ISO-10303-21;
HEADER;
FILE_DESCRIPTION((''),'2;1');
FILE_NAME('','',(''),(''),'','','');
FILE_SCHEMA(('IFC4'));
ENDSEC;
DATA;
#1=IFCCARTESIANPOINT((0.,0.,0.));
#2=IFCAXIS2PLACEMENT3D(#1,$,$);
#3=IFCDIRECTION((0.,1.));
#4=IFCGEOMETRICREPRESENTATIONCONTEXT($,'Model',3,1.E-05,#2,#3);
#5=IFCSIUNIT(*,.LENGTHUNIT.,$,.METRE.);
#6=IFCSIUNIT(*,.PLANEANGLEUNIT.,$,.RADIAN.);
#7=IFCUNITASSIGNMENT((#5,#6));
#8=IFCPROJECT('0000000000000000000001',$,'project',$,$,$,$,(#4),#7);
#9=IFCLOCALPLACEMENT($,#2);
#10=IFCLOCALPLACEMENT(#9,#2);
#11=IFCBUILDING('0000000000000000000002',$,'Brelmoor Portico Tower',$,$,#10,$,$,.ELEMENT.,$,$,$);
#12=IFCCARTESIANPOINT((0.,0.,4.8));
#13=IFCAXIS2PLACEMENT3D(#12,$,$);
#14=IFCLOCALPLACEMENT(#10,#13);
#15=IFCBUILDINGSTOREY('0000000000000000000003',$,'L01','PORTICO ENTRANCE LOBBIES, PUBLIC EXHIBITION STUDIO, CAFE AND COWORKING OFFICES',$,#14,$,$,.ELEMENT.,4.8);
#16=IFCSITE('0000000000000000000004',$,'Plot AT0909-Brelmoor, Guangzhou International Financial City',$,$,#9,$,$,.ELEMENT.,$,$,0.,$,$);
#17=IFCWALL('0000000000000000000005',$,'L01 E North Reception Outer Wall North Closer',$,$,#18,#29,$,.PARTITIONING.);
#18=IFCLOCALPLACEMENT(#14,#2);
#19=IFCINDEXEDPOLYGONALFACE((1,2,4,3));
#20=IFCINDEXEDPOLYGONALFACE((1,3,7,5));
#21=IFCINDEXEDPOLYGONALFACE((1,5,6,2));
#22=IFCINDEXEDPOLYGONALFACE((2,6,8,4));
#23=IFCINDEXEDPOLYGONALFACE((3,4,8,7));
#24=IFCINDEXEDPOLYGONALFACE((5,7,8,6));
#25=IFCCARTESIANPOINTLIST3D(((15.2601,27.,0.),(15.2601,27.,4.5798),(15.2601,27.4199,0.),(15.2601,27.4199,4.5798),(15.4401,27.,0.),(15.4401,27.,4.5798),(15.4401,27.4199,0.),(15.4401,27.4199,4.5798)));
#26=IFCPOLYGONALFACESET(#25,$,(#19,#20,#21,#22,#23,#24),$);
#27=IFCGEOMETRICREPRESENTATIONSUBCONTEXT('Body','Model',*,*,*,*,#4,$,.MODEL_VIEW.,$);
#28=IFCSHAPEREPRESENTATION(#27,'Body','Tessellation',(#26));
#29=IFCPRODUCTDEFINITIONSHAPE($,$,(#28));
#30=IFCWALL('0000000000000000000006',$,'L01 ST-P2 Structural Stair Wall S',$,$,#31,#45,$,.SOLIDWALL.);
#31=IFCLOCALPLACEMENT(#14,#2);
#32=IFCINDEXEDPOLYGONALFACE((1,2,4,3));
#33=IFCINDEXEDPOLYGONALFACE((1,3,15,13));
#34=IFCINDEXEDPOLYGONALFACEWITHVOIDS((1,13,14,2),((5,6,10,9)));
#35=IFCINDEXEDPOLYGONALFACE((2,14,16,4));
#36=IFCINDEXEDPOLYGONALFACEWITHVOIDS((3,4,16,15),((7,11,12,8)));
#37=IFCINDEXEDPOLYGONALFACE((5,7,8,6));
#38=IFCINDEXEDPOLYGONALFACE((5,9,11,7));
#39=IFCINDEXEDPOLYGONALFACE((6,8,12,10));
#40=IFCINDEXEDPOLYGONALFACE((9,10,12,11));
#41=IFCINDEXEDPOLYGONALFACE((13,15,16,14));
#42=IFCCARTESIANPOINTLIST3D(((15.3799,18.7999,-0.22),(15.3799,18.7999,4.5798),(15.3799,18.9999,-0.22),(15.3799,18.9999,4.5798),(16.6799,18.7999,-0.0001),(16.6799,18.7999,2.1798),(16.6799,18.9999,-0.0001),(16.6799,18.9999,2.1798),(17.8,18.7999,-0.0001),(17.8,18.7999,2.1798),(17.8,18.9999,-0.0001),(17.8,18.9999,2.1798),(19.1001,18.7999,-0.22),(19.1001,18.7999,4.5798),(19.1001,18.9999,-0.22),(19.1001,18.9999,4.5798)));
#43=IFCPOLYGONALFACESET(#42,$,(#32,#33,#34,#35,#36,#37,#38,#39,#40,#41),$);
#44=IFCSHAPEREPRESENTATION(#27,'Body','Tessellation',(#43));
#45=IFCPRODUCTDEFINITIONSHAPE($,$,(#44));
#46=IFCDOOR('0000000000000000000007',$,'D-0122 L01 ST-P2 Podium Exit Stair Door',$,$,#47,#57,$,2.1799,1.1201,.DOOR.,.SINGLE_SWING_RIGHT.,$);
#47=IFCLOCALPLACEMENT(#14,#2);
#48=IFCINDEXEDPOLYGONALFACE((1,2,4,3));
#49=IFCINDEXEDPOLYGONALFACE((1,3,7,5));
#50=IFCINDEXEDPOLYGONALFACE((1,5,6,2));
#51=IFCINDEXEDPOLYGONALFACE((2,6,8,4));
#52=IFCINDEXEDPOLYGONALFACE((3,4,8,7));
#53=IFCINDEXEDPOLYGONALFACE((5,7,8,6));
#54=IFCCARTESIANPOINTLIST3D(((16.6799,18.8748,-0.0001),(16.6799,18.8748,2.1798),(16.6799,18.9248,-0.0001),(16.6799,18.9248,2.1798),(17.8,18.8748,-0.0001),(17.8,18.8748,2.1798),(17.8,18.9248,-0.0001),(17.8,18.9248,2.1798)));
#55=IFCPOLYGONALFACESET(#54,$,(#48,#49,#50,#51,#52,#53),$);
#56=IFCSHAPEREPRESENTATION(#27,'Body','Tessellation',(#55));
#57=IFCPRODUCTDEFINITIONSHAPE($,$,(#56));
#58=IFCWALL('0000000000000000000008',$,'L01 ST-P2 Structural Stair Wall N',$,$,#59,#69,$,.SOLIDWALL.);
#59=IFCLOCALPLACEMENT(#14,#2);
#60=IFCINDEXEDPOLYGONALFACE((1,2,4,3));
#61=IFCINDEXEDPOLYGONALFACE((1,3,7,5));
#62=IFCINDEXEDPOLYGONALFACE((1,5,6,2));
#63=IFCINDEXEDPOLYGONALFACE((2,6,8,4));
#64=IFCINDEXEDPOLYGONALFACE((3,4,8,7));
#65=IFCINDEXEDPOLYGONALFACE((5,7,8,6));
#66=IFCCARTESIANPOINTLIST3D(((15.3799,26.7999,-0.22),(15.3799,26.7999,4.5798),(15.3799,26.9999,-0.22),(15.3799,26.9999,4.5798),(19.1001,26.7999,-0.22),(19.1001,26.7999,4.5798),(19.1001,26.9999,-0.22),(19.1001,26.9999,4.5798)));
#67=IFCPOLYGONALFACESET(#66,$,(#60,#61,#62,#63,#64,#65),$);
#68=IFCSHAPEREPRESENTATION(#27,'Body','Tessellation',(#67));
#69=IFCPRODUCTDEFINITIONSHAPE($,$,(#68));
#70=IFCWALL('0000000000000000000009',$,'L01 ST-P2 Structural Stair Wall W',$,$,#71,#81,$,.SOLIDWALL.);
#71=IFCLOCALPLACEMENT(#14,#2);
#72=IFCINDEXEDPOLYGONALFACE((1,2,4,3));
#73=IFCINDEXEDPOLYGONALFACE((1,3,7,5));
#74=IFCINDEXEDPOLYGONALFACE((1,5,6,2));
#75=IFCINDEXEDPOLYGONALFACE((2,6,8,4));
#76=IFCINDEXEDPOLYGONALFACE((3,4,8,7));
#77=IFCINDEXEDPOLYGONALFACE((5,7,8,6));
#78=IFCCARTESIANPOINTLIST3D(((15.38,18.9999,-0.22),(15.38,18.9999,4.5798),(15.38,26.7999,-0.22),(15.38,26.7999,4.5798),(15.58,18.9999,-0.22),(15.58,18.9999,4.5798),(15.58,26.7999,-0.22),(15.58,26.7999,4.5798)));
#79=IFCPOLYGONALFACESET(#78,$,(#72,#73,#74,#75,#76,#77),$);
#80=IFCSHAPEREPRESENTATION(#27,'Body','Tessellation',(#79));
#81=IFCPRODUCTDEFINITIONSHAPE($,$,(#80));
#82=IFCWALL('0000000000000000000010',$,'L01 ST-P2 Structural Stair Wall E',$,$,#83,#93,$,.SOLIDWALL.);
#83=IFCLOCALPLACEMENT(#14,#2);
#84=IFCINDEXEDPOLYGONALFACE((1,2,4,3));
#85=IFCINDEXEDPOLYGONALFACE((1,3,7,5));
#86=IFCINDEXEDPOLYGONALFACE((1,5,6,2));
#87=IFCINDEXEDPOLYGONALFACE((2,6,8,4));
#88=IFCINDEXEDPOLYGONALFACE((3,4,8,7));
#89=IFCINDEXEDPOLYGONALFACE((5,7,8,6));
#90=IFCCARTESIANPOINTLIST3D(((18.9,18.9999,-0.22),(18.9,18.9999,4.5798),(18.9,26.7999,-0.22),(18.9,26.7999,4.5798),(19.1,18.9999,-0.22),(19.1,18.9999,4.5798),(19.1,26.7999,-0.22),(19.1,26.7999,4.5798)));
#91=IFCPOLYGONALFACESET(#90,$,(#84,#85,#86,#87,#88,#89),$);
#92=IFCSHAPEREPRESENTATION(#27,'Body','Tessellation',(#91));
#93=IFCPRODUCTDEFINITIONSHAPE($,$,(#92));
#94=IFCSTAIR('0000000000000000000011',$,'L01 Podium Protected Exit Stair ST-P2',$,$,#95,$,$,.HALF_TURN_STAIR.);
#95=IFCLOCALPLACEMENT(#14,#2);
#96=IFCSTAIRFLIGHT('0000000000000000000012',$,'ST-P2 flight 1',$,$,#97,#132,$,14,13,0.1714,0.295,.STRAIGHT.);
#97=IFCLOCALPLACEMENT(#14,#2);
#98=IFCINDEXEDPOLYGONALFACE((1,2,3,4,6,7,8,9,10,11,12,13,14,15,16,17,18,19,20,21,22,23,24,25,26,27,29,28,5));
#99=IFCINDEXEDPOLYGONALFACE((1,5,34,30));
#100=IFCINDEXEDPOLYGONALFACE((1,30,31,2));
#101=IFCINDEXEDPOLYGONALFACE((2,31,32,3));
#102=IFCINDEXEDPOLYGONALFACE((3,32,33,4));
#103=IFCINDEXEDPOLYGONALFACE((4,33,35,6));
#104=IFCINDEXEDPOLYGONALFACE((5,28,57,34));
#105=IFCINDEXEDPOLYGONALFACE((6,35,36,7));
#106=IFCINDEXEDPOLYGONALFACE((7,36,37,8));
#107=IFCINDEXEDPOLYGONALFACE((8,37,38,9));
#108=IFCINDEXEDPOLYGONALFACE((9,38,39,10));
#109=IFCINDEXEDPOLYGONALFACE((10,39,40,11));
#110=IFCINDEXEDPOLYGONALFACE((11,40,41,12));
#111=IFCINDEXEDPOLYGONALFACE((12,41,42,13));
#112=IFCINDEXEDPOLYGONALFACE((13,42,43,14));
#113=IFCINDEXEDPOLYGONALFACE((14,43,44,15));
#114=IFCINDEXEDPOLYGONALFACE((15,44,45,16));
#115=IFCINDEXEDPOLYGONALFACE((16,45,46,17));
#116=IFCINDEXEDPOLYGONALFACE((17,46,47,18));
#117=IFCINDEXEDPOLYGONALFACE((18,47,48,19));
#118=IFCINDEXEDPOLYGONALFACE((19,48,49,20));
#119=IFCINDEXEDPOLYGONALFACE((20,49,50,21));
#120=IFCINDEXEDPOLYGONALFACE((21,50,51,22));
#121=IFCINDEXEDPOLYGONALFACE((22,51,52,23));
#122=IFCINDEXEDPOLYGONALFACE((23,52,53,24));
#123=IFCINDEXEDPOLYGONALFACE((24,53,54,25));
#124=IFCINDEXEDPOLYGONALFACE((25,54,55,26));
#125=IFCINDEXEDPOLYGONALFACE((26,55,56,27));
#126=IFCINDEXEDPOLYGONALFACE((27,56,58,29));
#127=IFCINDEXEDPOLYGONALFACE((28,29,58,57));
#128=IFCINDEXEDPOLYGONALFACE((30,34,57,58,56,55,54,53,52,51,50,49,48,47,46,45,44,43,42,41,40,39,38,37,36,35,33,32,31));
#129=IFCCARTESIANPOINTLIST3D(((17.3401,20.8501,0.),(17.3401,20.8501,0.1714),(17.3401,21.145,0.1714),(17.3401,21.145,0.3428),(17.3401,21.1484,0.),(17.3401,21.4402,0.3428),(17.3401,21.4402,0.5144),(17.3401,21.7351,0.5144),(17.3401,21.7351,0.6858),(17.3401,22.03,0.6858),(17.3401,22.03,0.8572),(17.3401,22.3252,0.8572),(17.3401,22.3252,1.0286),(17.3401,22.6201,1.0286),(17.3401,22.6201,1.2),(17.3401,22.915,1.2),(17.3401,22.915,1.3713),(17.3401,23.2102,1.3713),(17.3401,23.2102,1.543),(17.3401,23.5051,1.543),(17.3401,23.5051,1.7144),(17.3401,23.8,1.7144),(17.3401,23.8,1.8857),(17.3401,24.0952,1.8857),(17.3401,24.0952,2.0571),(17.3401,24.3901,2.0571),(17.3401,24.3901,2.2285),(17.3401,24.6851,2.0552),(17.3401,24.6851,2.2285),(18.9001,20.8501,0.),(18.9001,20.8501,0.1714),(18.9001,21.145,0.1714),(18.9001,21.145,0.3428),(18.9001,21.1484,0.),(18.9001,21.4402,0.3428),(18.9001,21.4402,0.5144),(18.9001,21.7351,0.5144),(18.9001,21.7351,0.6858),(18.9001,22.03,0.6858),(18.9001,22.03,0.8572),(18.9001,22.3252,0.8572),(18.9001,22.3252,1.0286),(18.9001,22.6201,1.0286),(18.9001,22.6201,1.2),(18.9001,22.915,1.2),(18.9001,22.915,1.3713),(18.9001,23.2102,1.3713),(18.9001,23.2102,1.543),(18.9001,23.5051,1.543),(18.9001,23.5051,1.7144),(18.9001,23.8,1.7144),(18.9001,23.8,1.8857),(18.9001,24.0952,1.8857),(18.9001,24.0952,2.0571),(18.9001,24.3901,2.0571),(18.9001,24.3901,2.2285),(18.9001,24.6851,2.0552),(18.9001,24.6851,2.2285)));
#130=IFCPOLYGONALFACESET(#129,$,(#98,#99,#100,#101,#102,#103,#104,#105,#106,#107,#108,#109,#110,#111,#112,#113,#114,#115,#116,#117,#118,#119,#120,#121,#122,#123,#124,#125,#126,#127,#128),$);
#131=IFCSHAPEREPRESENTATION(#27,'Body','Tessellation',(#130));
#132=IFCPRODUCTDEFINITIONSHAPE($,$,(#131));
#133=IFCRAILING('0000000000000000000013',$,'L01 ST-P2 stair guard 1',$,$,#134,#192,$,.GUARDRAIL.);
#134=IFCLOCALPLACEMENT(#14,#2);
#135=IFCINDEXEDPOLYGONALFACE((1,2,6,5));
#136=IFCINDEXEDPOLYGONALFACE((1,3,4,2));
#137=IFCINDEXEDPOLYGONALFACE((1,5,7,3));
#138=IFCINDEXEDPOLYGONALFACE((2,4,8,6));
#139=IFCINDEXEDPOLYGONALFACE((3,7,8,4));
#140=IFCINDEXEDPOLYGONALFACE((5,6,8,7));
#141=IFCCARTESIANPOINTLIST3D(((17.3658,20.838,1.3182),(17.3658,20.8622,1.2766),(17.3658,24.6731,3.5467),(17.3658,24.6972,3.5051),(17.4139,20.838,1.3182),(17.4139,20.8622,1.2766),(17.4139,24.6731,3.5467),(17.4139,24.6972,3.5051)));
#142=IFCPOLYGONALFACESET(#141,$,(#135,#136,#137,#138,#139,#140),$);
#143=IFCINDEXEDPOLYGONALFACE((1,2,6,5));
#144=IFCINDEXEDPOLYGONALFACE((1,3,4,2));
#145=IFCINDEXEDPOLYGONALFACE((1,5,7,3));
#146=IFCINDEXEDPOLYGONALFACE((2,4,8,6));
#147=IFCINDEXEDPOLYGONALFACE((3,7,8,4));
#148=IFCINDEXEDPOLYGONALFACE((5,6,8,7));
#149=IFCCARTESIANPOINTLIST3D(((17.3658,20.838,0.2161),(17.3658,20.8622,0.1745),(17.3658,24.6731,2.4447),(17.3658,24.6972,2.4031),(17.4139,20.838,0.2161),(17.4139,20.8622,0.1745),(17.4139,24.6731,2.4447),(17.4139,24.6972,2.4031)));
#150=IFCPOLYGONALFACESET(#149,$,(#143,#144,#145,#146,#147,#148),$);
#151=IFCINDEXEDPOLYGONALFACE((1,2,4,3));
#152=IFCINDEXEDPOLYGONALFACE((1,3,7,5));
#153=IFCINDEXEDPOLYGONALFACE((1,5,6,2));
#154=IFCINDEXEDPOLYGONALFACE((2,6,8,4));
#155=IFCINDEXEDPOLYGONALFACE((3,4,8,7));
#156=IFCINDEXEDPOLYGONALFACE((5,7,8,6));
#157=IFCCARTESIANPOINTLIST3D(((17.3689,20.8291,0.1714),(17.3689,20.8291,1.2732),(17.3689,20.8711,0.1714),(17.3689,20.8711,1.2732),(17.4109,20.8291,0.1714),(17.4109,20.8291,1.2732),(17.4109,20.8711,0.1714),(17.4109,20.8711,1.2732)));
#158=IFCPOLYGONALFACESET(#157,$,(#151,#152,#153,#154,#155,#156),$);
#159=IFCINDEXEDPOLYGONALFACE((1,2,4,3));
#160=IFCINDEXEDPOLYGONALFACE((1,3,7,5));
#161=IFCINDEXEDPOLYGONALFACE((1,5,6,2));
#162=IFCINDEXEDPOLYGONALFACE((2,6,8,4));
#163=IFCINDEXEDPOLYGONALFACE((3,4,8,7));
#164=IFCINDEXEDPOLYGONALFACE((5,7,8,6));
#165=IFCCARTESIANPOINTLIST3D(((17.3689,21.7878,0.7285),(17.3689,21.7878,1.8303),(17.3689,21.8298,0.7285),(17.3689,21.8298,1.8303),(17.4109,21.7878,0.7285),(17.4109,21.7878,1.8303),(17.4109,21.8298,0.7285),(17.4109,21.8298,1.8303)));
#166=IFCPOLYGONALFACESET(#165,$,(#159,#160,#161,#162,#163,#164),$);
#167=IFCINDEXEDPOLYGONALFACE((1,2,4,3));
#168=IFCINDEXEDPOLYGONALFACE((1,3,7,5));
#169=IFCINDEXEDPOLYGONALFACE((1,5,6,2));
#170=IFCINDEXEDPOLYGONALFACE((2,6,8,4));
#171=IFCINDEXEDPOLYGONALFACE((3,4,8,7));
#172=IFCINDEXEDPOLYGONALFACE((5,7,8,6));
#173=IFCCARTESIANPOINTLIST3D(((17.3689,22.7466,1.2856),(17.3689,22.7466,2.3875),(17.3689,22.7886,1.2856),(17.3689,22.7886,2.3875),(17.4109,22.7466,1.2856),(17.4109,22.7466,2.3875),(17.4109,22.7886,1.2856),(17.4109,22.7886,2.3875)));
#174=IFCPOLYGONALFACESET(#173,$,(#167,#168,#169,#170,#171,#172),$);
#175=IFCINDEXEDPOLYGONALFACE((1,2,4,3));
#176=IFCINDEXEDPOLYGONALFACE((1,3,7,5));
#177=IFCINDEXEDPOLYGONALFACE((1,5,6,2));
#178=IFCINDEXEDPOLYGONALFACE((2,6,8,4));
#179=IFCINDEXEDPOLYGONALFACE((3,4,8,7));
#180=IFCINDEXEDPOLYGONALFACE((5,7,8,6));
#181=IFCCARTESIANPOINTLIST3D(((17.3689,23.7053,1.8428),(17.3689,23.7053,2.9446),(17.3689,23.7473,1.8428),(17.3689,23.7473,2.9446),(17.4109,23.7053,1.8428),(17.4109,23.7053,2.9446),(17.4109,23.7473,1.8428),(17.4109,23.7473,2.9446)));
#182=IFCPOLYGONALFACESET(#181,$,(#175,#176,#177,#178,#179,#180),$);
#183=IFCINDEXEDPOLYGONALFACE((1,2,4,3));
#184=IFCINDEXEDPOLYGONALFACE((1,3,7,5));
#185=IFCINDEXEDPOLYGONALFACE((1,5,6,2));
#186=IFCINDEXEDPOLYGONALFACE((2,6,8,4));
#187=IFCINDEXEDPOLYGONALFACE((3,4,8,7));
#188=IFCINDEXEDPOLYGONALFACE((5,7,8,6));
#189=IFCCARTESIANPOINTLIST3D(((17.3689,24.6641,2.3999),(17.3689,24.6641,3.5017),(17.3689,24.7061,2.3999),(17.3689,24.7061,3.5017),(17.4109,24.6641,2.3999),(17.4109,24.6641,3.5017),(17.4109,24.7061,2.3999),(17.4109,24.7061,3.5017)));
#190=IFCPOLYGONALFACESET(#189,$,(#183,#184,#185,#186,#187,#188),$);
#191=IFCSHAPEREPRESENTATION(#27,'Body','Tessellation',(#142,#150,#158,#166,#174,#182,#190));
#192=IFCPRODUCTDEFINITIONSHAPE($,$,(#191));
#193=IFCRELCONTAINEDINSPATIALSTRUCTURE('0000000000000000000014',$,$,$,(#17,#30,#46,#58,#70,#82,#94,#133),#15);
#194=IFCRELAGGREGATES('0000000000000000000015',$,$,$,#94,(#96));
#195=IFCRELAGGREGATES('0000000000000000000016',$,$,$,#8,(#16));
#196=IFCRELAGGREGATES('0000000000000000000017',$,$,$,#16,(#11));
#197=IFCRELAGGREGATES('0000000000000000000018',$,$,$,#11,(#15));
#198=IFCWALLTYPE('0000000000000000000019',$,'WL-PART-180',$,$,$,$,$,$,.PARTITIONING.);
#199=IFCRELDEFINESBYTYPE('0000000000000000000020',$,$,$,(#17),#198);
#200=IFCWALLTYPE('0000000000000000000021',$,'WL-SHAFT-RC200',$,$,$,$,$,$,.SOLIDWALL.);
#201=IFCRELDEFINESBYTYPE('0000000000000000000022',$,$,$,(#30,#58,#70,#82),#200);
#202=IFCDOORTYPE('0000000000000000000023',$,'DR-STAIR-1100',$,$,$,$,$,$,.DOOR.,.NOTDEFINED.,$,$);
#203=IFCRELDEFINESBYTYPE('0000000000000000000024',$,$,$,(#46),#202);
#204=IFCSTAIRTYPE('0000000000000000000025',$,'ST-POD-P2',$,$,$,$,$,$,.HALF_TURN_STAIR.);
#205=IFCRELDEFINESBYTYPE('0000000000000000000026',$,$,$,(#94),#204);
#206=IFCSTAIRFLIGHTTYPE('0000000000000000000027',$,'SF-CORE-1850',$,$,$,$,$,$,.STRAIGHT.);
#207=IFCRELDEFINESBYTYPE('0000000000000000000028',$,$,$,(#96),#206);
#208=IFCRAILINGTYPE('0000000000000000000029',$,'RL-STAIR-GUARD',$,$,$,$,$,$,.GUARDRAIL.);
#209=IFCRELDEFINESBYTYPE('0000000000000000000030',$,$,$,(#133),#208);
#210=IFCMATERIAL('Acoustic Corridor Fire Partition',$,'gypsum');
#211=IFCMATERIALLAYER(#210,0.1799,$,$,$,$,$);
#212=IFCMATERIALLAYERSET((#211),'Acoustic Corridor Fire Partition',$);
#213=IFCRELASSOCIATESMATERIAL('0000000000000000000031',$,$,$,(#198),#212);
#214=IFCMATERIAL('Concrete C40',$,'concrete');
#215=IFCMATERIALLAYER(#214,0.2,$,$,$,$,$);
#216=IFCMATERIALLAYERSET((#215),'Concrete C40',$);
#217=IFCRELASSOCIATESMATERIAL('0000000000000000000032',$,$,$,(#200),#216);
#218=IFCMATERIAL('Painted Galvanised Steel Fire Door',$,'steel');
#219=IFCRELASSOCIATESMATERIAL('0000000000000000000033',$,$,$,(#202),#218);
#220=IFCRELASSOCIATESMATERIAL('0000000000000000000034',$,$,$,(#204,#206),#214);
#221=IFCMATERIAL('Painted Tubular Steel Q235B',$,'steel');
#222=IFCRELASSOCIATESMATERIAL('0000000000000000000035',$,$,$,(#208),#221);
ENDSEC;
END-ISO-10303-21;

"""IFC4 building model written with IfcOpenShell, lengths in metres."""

from ifc_helpers import new_model, si_unit, direction, frame, frame_2d, origin, origin_2d, place, context, subcontext, project, spatial, polyline, rectangle, outline, extrude, material, layer, layer_set, type_object, element, fill, aggregate, save


model = new_model("IFC4")

# Units and contexts
model_context = context("Model", 3, precision=1e-05, world=origin(), true_north=direction((0.0, 1.0)))
body_context = subcontext(model_context, "Body", "Model", "MODEL_VIEW")
ifc_project = project(units=[si_unit("LENGTHUNIT", "METRE"), si_unit("PLANEANGLEUNIT", "RADIAN")], contexts=[model_context])

# Site, building, storey
site_placement = place(None, origin())
site = spatial("IfcSite", under=ifc_project, at=site_placement, Name="Plot AT0909-Brelmoor, Guangzhou International Financial City", CompositionType="ELEMENT", RefElevation=0.0)
building_placement = place(site_placement, origin())
building = spatial("IfcBuilding", under=site, at=building_placement, Name="Brelmoor Portico Tower", CompositionType="ELEMENT")
storey_placement = place(building_placement, frame((0.0, 0.0, 4.8)))
storey = spatial("IfcBuildingStorey", under=building, at=storey_placement, Name="L01", Description="PORTICO ENTRANCE LOBBIES, PUBLIC EXHIBITION STUDIO, CAFE AND COWORKING OFFICES", CompositionType="ELEMENT", Elevation=4.8)

# Wall
ifc_material_1 = material(Name="Acoustic Corridor Fire Partition", Category="gypsum")
ifc_layer_1 = layer(ifc_material_1, 0.1799)
ifc_layer_set_1 = layer_set([ifc_layer_1], Name="Acoustic Corridor Fire Partition")
wall_type_1 = type_object("IfcWallType", Name="WL-PART-180", PredefinedType="PARTITIONING", material=ifc_layer_set_1)
wall_1_placement = place(storey_placement, frame((15.3501, 27.0, 0.0), z_axis=(0.0, 0.0, 1.0), x_axis=(0.0, 1.0, 0.0)))
element("IfcWall", 1, at=wall_1_placement, inside=storey, type_object=wall_type_1, Name="L01 E North Reception Outer Wall North Closer", PredefinedType="PARTITIONING", context=body_context, shape_type="SweptSolid", body=[
    extrude(rectangle(XDim=0.4199, YDim=0.1799, at=frame_2d((0.21, 0.0))), origin(), (0.0, 0.0, 1.0), 4.5798),
])

# Wall, opening, door
ifc_material_2 = material(Name="Concrete C40", Category="concrete")
ifc_layer_2 = layer(ifc_material_2, 0.2)
ifc_layer_set_2 = layer_set([ifc_layer_2], Name="Concrete C40")
wall_type_2 = type_object("IfcWallType", Name="WL-SHAFT-RC200", PredefinedType="SOLIDWALL", material=ifc_layer_set_2)
wall_2_placement = place(storey_placement, frame((15.3799, 18.8999, -0.22), z_axis=(0.0, 0.0, 1.0), x_axis=(1.0, 0.0, 0.0)))
wall_2 = element("IfcWall", 2, at=wall_2_placement, inside=storey, type_object=wall_type_2, Name="L01 ST-P2 Structural Stair Wall S", PredefinedType="SOLIDWALL", context=body_context, shape_type="SweptSolid", body=[
    extrude(rectangle(XDim=3.7202, YDim=0.2, at=frame_2d((1.8601, 0.0))), origin(), (0.0, 0.0, 1.0), 4.7998),
])
opening_placement = place(wall_2_placement, frame((1.3, 0.0, 0.22)))
opening = element("IfcOpeningElement", 3, at=opening_placement, cuts=wall_2, PredefinedType="OPENING", context=body_context, shape_type="SweptSolid", body=[
    extrude(rectangle(XDim=1.1201, YDim=2.1799, at=frame_2d((0.5601, 1.0898))), frame((0.0, 0.1099, 0.0), z_axis=(0.0, -1.0, 0.0), x_axis=(1.0, 0.0, 0.0)), (0.0, 0.0, 1.0), 0.22),
])
ifc_material_3 = material(Name="Painted Galvanised Steel Fire Door", Category="steel")
door_type = type_object("IfcDoorType", Name="DR-STAIR-1100", OperationType="NOTDEFINED", PredefinedType="DOOR", material=ifc_material_3)
door_placement = place(opening_placement, origin())
door = element("IfcDoor", 4, at=door_placement, inside=storey, type_object=door_type, Name="D-0122 L01 ST-P2 Podium Exit Stair Door", OperationType="SINGLE_SWING_RIGHT", OverallHeight=2.1799, OverallWidth=1.1201, PredefinedType="DOOR", context=body_context, shape_type="SweptSolid", body=[
    extrude(rectangle(XDim=1.1201, YDim=2.1799, at=frame_2d((0.5601, 1.0898))), frame((0.0, 0.0249, 0.0), z_axis=(0.0, -1.0, 0.0), x_axis=(1.0, 0.0, 0.0)), (0.0, 0.0, 1.0), 0.05),
])
fill(opening, door)

# Walls
wall_3_placement = place(storey_placement, frame((15.3799, 26.8999, -0.22), z_axis=(0.0, 0.0, 1.0), x_axis=(1.0, 0.0, 0.0)))
element("IfcWall", 5, at=wall_3_placement, inside=storey, type_object=wall_type_2, Name="L01 ST-P2 Structural Stair Wall N", PredefinedType="SOLIDWALL", context=body_context, shape_type="SweptSolid", body=[
    extrude(rectangle(XDim=3.7202, YDim=0.2, at=frame_2d((1.8601, 0.0))), origin(), (0.0, 0.0, 1.0), 4.7998),
])
for number, where, z_axis, x_axis, name in (
    (6, (15.48, 19.0, -0.22), (0.0, 0.0, 1.0), (0.0, 1.0, 0.0), "L01 ST-P2 Structural Stair Wall W"),
    (7, (19.0, 19.0, -0.22), (0.0, 0.0, 1.0), (0.0, 1.0, 0.0), "L01 ST-P2 Structural Stair Wall E"),
):
    element("IfcWall", number, at=place(storey_placement, frame(where, z_axis=z_axis, x_axis=x_axis)), inside=storey, type_object=wall_type_2, Name=name, PredefinedType="SOLIDWALL", context=body_context, shape_type="SweptSolid", body=[
        extrude(rectangle(XDim=7.8, YDim=0.2, at=frame_2d((3.8999, 0.0))), origin(), (0.0, 0.0, 1.0), 4.7998),
    ])

# Stair, stair flight
stair_type = type_object("IfcStairType", Name="ST-POD-P2", PredefinedType="HALF_TURN_STAIR", material=ifc_material_2)
stair_placement = place(storey_placement, origin())
stair = element("IfcStair", 8, at=stair_placement, inside=storey, type_object=stair_type, Name="L01 Podium Protected Exit Stair ST-P2", PredefinedType="HALF_TURN_STAIR")
stair_flight_type = type_object("IfcStairFlightType", Name="SF-CORE-1850", PredefinedType="STRAIGHT", material=ifc_material_2)
stair_flight_placement = place(storey_placement, frame((18.1201, 20.8501, 0.0), z_axis=(0.0, 0.0, 1.0), x_axis=(0.0, 1.0, 0.0)))
stair_flight = element("IfcStairFlight", 9, at=stair_flight_placement, type_object=stair_flight_type, Name="ST-P2 flight 1", NumberOfRisers=14, NumberOfTreads=13, PredefinedType="STRAIGHT", RiserHeight=0.1714, TreadLength=0.295, context=body_context, shape_type="SweptSolid", body=[
    extrude(outline(polyline([(0.0, 0.0), (0.0, 0.1714), (0.2949, 0.1714), (0.2949, 0.3428), (0.5901, 0.3428), (0.5901, 0.5144), (0.885, 0.5144), (0.885, 0.6858), (1.1799, 0.6858), (1.1799, 0.8572), (1.4751, 0.8572), (1.4751, 1.0286), (1.77, 1.0286), (1.77, 1.2), (2.0649, 1.2), (2.0649, 1.3713), (2.3601, 1.3713), (2.3601, 1.543), (2.655, 1.543), (2.655, 1.7144), (2.95, 1.7144), (2.95, 1.8857), (3.2451, 1.8857), (3.2451, 2.0571), (3.54, 2.0571), (3.54, 2.2285), (3.835, 2.2285), (3.835, 2.3999), (3.835, 2.0552), (0.2983, 0.0), (0.0, 0.0)])), frame((0.0, 0.78, 0.0), z_axis=(0.0, -1.0, 0.0), x_axis=(1.0, 0.0, 0.0)), (0.0, 0.0, 1.0), 1.5601),
])
aggregate(stair, [stair_flight])

# Railing
ifc_material_4 = material(Name="Painted Tubular Steel Q235B", Category="steel")
railing_type_1 = type_object("IfcRailingType", Name="RL-STAIR-GUARD", PredefinedType="GUARDRAIL", material=ifc_material_4)
railing_1_placement = place(storey_placement, frame((17.3899, 20.8501, 0.1714)))
element("IfcRailing", 10, at=railing_1_placement, inside=storey, type_object=railing_type_1, Name="L01 ST-P2 stair guard 1", PredefinedType="GUARDRAIL", context=body_context, shape_type="SweptSolid", body=[
    extrude(rectangle(XDim=0.0481, YDim=0.0481, at=origin_2d()), frame((0.0, 0.0, 1.126), z_axis=(0.0, 0.864616, 0.502433), x_axis=(-1.0, 0.0, 0.0)), (0.0, 0.0, 1.0), 4.4355),
    extrude(rectangle(XDim=0.0481, YDim=0.0481, at=origin_2d()), frame((0.0, 0.0, 0.0239), z_axis=(0.0, 0.864616, 0.502433), x_axis=(-1.0, 0.0, 0.0)), (0.0, 0.0, 1.0), 4.4355),
    extrude(rectangle(XDim=0.042, YDim=0.042, at=origin_2d()), origin(), (0.0, 0.0, 1.0), 1.1018),
    extrude(rectangle(XDim=0.042, YDim=0.042, at=origin_2d()), frame((0.0, 0.9587, 0.5571)), (0.0, 0.0, 1.0), 1.1018),
    extrude(rectangle(XDim=0.042, YDim=0.042, at=origin_2d()), frame((0.0, 1.9175, 1.1143)), (0.0, 0.0, 1.0), 1.1018),
    extrude(rectangle(XDim=0.042, YDim=0.042, at=origin_2d()), frame((0.0, 2.8762, 1.6714)), (0.0, 0.0, 1.0), 1.1018),
    extrude(rectangle(XDim=0.042, YDim=0.042, at=origin_2d()), frame((0.0, 3.835, 2.2285)), (0.0, 0.0, 1.0), 1.1018),
])

save(model, "model.ifc")
